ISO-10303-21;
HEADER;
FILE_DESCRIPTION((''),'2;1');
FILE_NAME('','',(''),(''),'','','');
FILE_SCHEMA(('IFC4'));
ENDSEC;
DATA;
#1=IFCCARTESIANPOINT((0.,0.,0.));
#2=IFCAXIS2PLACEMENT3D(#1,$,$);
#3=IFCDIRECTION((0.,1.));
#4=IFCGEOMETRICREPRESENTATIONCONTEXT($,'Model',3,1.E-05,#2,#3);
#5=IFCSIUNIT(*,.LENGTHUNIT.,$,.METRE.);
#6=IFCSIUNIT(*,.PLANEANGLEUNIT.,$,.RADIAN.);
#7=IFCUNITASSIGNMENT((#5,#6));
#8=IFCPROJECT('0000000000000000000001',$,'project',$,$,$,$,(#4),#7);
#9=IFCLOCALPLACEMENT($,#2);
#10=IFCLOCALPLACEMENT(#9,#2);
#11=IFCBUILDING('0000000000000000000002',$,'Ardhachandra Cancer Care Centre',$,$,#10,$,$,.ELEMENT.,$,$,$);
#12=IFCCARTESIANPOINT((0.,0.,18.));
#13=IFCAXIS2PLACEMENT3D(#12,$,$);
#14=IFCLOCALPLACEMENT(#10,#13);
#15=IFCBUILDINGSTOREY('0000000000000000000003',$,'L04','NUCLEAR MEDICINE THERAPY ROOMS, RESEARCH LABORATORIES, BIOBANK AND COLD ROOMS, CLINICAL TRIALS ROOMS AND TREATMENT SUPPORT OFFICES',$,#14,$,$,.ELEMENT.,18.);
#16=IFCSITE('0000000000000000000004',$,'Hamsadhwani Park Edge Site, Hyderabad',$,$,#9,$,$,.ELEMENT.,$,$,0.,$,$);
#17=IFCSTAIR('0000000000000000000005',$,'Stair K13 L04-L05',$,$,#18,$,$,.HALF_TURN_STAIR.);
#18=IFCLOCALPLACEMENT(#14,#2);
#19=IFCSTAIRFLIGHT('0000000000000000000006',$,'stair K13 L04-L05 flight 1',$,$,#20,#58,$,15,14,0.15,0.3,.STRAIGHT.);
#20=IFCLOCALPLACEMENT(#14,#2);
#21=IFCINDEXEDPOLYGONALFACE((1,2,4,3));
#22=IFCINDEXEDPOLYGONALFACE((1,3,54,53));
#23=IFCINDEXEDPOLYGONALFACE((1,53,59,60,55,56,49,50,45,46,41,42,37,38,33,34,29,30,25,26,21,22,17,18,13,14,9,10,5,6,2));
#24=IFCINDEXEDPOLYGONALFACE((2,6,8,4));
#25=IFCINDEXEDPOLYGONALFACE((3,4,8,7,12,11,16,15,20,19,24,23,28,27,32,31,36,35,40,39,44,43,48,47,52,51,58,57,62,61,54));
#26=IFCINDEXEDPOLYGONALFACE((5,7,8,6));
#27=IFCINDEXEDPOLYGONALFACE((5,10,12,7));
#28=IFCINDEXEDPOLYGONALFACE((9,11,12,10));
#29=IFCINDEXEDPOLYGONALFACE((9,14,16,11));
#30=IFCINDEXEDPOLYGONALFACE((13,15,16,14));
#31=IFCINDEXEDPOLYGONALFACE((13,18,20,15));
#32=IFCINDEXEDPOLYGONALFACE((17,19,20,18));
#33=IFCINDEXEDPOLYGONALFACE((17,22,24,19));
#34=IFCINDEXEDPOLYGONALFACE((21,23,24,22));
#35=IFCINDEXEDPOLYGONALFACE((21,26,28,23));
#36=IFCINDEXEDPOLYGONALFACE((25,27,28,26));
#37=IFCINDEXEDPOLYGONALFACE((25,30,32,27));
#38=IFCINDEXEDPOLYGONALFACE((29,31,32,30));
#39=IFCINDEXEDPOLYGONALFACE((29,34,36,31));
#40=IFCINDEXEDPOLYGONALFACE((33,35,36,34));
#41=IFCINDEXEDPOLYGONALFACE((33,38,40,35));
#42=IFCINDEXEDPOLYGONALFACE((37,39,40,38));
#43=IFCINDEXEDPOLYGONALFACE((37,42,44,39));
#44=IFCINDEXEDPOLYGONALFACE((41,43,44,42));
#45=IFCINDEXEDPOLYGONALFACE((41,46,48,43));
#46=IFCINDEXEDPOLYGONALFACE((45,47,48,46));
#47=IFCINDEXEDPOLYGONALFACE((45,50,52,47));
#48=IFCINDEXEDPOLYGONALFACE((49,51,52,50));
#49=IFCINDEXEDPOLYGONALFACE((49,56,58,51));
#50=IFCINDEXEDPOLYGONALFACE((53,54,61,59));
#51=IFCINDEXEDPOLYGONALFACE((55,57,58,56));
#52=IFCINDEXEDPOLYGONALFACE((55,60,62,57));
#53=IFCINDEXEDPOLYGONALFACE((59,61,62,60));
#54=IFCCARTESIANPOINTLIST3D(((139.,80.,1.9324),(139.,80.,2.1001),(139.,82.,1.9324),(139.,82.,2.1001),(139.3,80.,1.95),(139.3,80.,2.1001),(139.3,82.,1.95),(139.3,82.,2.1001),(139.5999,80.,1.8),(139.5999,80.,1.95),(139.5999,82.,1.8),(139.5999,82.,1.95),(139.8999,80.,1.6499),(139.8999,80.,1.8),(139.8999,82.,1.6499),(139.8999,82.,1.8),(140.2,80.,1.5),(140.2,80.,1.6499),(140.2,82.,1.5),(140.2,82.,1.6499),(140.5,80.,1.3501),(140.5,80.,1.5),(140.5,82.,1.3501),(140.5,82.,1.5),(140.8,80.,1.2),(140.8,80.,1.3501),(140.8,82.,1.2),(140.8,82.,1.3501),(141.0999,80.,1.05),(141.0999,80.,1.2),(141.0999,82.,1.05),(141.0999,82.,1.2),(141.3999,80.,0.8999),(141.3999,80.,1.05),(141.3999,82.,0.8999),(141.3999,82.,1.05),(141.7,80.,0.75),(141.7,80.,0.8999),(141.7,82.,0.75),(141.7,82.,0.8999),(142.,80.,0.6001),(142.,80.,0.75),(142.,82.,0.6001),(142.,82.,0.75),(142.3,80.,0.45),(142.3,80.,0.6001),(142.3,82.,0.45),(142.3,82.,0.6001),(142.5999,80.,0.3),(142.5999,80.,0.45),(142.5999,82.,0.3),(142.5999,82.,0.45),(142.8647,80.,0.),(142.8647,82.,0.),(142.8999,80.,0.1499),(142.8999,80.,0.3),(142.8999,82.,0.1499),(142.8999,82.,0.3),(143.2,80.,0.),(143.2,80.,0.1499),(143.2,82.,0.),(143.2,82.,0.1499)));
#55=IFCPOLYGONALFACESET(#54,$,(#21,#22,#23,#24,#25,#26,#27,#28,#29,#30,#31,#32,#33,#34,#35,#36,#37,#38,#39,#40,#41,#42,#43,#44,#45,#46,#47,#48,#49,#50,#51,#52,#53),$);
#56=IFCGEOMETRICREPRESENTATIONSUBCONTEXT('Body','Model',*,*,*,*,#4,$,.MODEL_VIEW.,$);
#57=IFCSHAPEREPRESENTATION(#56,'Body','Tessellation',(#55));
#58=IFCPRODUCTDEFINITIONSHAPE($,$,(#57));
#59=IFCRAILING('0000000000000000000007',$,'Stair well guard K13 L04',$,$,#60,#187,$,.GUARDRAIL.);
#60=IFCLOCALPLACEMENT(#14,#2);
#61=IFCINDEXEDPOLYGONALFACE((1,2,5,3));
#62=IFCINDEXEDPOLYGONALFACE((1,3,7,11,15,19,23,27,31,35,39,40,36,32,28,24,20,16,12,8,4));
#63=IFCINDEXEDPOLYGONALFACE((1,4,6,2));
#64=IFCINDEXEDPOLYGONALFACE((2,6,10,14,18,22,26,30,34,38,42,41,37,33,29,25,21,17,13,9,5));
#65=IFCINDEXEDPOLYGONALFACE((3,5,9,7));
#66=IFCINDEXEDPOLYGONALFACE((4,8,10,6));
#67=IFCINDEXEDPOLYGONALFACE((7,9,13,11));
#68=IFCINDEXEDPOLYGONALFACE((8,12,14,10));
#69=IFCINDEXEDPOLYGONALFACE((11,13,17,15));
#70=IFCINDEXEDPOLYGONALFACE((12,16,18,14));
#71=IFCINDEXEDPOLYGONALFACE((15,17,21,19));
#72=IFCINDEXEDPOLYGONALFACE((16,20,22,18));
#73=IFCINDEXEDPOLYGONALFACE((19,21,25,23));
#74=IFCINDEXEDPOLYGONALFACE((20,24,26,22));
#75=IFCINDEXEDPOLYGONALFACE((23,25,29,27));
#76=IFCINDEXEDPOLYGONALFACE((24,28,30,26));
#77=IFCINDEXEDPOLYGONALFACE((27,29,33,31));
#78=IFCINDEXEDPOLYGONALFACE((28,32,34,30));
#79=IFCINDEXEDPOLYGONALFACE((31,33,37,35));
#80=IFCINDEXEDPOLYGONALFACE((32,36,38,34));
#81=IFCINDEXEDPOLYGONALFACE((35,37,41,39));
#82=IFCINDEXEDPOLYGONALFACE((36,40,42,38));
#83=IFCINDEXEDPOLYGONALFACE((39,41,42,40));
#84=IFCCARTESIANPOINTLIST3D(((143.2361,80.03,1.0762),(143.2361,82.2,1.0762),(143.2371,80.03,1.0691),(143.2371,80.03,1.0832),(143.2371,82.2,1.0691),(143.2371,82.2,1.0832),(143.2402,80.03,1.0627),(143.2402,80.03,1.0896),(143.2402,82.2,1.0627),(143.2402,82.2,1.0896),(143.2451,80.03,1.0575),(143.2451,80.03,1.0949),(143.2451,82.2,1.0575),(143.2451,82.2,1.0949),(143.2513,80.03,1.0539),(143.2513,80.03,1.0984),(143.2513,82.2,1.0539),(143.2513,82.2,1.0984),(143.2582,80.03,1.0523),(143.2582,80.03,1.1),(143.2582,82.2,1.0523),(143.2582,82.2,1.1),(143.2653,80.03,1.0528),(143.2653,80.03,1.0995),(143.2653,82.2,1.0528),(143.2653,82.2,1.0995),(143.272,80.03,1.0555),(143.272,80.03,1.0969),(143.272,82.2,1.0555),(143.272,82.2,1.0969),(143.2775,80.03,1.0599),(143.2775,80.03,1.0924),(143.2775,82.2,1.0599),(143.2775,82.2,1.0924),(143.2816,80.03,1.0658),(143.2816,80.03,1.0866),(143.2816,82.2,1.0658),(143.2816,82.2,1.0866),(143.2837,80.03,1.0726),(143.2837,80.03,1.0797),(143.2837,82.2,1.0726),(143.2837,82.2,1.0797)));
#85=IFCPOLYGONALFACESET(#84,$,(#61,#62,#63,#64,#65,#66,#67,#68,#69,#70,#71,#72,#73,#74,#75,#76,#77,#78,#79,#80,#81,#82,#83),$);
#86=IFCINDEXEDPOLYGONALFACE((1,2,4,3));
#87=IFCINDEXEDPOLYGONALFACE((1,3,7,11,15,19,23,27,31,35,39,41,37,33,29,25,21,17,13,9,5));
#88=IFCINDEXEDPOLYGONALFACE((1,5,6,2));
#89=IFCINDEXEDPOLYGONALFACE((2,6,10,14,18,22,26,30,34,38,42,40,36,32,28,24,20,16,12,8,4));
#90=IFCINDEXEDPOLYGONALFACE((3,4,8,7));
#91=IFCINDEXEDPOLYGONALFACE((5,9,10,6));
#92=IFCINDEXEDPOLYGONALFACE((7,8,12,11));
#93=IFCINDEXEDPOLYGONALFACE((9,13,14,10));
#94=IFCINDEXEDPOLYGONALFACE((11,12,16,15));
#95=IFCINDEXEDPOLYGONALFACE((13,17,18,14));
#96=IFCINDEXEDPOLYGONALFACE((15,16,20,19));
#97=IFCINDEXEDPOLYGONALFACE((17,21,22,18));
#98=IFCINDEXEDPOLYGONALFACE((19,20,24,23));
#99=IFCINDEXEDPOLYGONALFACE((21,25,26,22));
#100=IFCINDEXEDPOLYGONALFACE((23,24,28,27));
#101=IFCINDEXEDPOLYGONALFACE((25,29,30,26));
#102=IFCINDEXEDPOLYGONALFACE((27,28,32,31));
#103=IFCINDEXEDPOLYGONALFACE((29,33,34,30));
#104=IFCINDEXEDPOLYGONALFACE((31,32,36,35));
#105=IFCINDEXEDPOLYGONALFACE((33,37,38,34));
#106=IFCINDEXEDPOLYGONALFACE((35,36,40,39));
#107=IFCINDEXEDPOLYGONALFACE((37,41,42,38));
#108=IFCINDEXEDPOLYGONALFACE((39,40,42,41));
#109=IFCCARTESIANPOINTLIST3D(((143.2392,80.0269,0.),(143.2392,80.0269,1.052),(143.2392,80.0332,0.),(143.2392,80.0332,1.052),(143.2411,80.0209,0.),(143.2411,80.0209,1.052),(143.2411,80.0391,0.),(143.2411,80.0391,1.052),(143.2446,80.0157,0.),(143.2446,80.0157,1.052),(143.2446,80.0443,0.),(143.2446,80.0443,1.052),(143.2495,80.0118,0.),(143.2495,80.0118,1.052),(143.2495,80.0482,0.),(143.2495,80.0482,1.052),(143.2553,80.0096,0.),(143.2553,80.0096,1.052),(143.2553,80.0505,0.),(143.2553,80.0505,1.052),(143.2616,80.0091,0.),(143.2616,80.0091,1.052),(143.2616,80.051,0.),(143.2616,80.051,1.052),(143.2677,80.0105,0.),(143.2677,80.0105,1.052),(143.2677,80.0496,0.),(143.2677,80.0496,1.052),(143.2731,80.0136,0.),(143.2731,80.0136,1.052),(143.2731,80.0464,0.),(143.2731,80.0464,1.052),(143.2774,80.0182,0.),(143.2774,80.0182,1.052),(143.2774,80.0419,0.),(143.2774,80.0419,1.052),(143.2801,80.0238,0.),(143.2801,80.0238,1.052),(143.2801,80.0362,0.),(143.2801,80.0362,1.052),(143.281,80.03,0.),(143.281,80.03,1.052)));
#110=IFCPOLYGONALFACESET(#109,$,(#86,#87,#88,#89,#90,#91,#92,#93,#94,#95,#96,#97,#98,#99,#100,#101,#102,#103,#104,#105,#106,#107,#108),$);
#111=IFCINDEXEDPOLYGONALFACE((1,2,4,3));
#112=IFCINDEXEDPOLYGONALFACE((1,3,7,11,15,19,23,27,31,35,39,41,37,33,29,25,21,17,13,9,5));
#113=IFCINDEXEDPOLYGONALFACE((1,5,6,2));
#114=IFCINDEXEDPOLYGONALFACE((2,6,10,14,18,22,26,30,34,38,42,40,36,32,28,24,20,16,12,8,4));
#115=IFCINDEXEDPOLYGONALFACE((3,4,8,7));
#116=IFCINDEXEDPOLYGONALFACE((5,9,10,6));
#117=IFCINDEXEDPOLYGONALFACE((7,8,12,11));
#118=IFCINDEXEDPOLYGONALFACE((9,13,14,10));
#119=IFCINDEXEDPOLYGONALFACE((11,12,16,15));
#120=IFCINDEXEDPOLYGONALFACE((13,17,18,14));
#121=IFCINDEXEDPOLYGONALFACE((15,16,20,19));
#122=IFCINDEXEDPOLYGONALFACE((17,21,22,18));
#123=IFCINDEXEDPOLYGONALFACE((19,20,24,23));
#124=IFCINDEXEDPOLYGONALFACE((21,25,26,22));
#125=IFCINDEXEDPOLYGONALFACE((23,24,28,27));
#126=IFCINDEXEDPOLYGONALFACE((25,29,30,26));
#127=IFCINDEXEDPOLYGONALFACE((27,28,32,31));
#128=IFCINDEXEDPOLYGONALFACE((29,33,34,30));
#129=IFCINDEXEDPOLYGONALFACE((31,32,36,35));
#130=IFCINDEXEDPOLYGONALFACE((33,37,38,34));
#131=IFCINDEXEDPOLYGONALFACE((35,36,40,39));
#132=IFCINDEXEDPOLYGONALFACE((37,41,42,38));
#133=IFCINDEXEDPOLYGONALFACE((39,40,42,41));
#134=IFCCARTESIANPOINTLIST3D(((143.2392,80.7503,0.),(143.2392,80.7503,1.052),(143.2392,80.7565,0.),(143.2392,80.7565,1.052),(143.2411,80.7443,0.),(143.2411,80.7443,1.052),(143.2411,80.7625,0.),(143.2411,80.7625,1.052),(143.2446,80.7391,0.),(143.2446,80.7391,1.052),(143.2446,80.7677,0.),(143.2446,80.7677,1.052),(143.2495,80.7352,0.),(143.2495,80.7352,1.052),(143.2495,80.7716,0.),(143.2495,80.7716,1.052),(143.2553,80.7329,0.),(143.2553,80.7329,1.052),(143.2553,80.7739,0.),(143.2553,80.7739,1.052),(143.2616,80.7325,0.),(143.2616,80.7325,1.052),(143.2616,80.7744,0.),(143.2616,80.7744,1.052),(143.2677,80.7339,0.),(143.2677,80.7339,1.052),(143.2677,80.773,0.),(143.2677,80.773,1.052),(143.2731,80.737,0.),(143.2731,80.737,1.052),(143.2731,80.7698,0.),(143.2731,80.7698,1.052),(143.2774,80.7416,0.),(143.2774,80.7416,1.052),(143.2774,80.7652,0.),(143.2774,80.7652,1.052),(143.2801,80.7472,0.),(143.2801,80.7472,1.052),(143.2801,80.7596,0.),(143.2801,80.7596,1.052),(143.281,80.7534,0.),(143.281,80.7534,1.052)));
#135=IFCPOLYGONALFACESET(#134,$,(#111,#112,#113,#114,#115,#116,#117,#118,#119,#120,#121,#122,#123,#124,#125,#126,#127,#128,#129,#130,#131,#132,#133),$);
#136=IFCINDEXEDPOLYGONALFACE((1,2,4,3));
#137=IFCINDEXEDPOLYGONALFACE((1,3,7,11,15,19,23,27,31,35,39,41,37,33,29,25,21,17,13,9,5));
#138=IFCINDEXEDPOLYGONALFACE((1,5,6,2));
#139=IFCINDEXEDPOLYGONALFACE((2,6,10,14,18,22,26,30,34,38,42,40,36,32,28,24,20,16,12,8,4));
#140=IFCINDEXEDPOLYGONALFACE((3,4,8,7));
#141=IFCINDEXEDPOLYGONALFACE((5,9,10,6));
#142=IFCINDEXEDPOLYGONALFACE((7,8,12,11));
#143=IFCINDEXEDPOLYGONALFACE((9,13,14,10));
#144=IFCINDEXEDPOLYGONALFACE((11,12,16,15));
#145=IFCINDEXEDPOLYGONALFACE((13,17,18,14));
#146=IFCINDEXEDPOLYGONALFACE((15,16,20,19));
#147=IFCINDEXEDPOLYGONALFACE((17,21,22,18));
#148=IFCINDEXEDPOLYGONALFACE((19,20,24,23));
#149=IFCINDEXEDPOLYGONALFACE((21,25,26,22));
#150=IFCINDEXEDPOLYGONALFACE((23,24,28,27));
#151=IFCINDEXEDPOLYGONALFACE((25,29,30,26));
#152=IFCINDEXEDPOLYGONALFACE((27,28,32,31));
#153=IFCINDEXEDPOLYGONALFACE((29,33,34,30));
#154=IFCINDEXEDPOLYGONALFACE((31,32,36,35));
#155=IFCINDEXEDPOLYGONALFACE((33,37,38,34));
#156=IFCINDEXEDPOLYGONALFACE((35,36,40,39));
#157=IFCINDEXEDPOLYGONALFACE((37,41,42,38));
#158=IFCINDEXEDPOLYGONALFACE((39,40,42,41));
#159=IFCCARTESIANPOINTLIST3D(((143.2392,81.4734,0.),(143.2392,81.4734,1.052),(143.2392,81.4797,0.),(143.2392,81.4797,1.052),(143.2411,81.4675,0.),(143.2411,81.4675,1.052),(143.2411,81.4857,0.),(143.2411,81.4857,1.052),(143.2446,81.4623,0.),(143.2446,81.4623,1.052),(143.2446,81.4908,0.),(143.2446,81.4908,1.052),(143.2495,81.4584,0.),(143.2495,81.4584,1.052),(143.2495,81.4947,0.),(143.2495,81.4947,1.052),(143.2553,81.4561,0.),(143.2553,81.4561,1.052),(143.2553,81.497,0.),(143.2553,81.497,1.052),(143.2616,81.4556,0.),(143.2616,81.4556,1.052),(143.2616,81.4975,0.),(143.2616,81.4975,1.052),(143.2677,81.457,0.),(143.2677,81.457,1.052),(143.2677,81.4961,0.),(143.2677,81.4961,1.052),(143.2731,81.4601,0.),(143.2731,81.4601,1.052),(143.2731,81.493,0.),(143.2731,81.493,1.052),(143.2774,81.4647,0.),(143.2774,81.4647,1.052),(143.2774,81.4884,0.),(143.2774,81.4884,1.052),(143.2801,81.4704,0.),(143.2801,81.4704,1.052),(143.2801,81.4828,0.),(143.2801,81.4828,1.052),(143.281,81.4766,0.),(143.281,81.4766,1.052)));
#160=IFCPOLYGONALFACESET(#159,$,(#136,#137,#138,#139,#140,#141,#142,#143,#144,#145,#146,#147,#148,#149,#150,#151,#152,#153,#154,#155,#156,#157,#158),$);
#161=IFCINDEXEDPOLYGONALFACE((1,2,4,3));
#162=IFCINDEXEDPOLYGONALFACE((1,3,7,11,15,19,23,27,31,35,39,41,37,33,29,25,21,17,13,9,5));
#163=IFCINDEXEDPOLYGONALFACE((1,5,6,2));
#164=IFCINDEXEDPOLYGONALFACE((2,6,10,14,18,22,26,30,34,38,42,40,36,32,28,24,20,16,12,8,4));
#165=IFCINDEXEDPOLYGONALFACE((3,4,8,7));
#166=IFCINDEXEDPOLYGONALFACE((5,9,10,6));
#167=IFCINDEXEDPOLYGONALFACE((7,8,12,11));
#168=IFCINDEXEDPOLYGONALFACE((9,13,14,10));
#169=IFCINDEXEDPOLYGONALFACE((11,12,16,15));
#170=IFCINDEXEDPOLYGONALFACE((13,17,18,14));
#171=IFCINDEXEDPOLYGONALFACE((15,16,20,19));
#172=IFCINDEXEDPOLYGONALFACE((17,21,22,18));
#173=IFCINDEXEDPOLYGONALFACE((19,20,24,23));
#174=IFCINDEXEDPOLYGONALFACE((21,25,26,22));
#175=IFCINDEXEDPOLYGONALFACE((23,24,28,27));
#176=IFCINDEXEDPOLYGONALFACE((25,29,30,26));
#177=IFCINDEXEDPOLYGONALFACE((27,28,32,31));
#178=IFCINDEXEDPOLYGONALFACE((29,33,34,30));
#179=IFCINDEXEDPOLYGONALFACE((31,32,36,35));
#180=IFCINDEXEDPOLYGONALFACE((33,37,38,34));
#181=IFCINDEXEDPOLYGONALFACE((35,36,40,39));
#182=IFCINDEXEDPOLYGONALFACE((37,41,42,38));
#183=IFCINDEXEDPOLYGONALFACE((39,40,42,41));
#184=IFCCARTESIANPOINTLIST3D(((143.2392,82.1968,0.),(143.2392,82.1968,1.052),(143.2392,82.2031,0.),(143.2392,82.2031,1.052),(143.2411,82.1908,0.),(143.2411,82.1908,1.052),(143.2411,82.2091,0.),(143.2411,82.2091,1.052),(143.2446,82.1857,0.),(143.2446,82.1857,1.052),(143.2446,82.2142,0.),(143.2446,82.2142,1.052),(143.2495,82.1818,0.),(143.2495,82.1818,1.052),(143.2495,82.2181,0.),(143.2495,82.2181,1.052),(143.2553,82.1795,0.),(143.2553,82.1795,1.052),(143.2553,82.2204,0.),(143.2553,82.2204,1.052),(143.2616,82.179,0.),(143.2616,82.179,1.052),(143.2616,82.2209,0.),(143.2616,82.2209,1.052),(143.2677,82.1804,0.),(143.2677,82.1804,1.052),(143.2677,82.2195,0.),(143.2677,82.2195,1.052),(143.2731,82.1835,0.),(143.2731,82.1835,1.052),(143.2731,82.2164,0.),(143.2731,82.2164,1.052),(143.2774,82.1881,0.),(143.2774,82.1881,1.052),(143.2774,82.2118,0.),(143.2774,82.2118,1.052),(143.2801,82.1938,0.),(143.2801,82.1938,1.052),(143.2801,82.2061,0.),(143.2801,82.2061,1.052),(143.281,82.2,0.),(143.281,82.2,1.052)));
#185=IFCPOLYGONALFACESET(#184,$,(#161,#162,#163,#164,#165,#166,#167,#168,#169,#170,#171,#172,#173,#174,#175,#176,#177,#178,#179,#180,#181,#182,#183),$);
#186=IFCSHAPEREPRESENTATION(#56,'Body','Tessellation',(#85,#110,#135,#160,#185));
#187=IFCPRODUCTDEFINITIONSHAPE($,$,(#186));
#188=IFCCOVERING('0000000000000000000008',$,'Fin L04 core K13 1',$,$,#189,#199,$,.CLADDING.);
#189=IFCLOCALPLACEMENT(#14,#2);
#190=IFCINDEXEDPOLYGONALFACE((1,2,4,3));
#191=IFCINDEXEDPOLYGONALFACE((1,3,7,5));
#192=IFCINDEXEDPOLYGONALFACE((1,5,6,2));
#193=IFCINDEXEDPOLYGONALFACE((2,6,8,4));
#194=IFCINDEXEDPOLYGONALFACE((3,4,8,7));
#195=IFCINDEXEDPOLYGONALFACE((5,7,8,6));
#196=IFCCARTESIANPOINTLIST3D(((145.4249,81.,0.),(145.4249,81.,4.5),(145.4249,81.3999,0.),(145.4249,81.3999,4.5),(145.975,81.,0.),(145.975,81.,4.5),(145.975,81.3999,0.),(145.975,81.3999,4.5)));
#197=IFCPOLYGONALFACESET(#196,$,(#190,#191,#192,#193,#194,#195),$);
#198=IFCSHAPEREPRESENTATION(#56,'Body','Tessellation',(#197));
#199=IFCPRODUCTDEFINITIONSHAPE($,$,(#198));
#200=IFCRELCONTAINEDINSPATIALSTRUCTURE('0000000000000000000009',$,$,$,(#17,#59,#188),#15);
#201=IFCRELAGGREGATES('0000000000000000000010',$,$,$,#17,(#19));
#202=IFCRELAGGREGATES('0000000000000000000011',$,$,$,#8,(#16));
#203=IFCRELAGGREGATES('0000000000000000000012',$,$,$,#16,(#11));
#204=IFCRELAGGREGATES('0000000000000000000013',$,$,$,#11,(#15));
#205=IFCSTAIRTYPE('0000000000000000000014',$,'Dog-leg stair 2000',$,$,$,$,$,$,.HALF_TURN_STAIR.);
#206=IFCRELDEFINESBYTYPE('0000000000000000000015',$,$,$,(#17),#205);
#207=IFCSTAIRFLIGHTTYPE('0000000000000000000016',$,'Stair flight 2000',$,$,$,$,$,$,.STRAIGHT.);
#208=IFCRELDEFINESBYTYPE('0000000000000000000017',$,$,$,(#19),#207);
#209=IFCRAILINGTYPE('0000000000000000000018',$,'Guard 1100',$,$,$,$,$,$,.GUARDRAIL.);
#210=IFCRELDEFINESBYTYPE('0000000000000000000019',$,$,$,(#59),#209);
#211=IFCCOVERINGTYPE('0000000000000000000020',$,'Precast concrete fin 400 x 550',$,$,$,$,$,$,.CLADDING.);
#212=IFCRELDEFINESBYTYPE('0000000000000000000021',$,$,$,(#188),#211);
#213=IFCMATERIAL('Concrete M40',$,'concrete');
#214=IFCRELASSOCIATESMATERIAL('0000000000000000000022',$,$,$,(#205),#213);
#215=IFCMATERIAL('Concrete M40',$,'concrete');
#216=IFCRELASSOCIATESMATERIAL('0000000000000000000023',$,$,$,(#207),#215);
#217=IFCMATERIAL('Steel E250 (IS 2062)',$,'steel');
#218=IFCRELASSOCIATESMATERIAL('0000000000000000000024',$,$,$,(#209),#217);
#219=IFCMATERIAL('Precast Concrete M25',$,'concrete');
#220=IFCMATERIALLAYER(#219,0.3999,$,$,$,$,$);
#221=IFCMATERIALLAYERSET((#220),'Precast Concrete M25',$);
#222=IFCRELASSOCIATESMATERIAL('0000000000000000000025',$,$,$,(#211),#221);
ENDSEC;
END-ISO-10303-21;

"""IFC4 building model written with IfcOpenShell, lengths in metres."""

from ifc_helpers import new_model, si_unit, direction, frame, origin, origin_2d, place, context, subcontext, project, spatial, polyline, rectangle, circle, outline, extrude, material, layer, layer_set, type_object, element, aggregate, save


model = new_model("IFC4")

# Units and contexts
model_context = context("Model", 3, precision=1e-05, world=origin(), true_north=direction((0.0, 1.0)))
body_context = subcontext(model_context, "Body", "Model", "MODEL_VIEW")
ifc_project = project(units=[si_unit("LENGTHUNIT", "METRE"), si_unit("PLANEANGLEUNIT", "RADIAN")], contexts=[model_context])

# Site, building, storey
site_placement = place(None, origin())
site = spatial("IfcSite", under=ifc_project, at=site_placement, Name="Hamsadhwani Park Edge Site, Hyderabad", CompositionType="ELEMENT", RefElevation=0.0)
building_placement = place(site_placement, origin())
building = spatial("IfcBuilding", under=site, at=building_placement, Name="Ardhachandra Cancer Care Centre", CompositionType="ELEMENT")
storey_placement = place(building_placement, frame((0.0, 0.0, 18.0)))
storey = spatial("IfcBuildingStorey", under=building, at=storey_placement, Name="L04", Description="NUCLEAR MEDICINE THERAPY ROOMS, RESEARCH LABORATORIES, BIOBANK AND COLD ROOMS, CLINICAL TRIALS ROOMS AND TREATMENT SUPPORT OFFICES", CompositionType="ELEMENT", Elevation=18.0)

# Stair, stair flight
ifc_material_1 = material(Name="Concrete M40", Category="concrete")
stair_type = type_object("IfcStairType", Name="Dog-leg stair 2000", PredefinedType="HALF_TURN_STAIR", material=ifc_material_1)
stair_placement = place(storey_placement, origin())
stair = element("IfcStair", 1, at=stair_placement, inside=storey, type_object=stair_type, Name="Stair K13 L04-L05", PredefinedType="HALF_TURN_STAIR")
ifc_material_2 = material(Name="Concrete M40", Category="concrete")
stair_flight_type = type_object("IfcStairFlightType", Name="Stair flight 2000", PredefinedType="STRAIGHT", material=ifc_material_2)
stair_flight_placement = place(storey_placement, frame((143.2, 81.0, 0.0), z_axis=(0.0, 0.0, 1.0), x_axis=(-1.0, 0.0, 0.0)))
stair_flight = element("IfcStairFlight", 2, at=stair_flight_placement, type_object=stair_flight_type, Name="stair K13 L04-L05 flight 1", NumberOfRisers=15, NumberOfTreads=14, PredefinedType="STRAIGHT", RiserHeight=0.15, TreadLength=0.3, context=body_context, shape_type="SweptSolid", body=[
    extrude(outline(polyline([(0.0, 0.0), (0.0, 0.1499), (0.3, 0.1499), (0.3, 0.3), (0.6001, 0.3), (0.6001, 0.45), (0.8999, 0.45), (0.8999, 0.6001), (1.2, 0.6001), (1.2, 0.75), (1.5, 0.75), (1.5, 0.8999), (1.8, 0.8999), (1.8, 1.05), (2.1001, 1.05), (2.1001, 1.2), (2.3999, 1.2), (2.3999, 1.3501), (2.7, 1.3501), (2.7, 1.5), (3.0, 1.5), (3.0, 1.6499), (3.3, 1.6499), (3.3, 1.8), (3.6001, 1.8), (3.6001, 1.95), (3.8999, 1.95), (3.8999, 2.1001), (4.2, 2.1001), (4.2, 2.25), (4.2, 1.9324), (0.3352, 0.0), (0.0, 0.0)])), frame((0.0, 1.0, 0.0), z_axis=(0.0, -1.0, 0.0), x_axis=(1.0, 0.0, 0.0)), (0.0, 0.0, 1.0), 2.0),
])
aggregate(stair, [stair_flight])

# Railing
ifc_material_3 = material(Name="Steel E250 (IS 2062)", Category="steel")
railing_type_1 = type_object("IfcRailingType", Name="Guard 1100", PredefinedType="GUARDRAIL", material=ifc_material_3)
railing_placement = place(storey_placement, frame((143.26, 80.03, 0.0)))
element("IfcRailing", 3, at=railing_placement, inside=storey, type_object=railing_type_1, Name="Stair well guard K13 L04", PredefinedType="GUARDRAIL", context=body_context, shape_type="SweptSolid", body=[
    extrude(circle(Radius=0.0239, at=origin_2d()), frame((0.0, 0.0, 1.0762), z_axis=(0.0, 1.0, 0.0), x_axis=(-1.0, 0.0, 0.0)), (0.0, 0.0, 1.0), 2.1699),
    extrude(circle(Radius=0.021, at=origin_2d()), origin(), (0.0, 0.0, 1.0), 1.052),
    extrude(circle(Radius=0.021, at=origin_2d()), frame((0.0, 0.7234, 0.0)), (0.0, 0.0, 1.0), 1.052),
    extrude(circle(Radius=0.021, at=origin_2d()), frame((0.0, 1.4465, 0.0)), (0.0, 0.0, 1.0), 1.052),
    extrude(circle(Radius=0.021, at=origin_2d()), frame((0.0, 2.1699, 0.0)), (0.0, 0.0, 1.0), 1.052),
])

# Covering
ifc_material_4 = material(Name="Precast Concrete M25", Category="concrete")
ifc_layer_1 = layer(ifc_material_4, 0.3999)
ifc_layer_set_1 = layer_set([ifc_layer_1], Name="Precast Concrete M25")
covering_type = type_object("IfcCoveringType", Name="Precast concrete fin 400 x 550", PredefinedType="CLADDING", material=ifc_layer_set_1)
for number, where, z_axis, x_axis, name in (
    (4, (145.7, 81.2, 0.0), (0.0, 0.0, 1.0), (0.0, 1.0, 0.0), "Fin L04 core K13 1"),
):
    element("IfcCovering", number, at=place(storey_placement, frame(where, z_axis=z_axis, x_axis=x_axis)), inside=storey, type_object=covering_type, Name=name, PredefinedType="CLADDING", context=body_context, shape_type="SweptSolid", body=[
        extrude(rectangle(XDim=0.3999, YDim=0.55, at=origin_2d()), origin(), (0.0, 0.0, 1.0), 4.5),
    ])

save(model, "model.ifc")
